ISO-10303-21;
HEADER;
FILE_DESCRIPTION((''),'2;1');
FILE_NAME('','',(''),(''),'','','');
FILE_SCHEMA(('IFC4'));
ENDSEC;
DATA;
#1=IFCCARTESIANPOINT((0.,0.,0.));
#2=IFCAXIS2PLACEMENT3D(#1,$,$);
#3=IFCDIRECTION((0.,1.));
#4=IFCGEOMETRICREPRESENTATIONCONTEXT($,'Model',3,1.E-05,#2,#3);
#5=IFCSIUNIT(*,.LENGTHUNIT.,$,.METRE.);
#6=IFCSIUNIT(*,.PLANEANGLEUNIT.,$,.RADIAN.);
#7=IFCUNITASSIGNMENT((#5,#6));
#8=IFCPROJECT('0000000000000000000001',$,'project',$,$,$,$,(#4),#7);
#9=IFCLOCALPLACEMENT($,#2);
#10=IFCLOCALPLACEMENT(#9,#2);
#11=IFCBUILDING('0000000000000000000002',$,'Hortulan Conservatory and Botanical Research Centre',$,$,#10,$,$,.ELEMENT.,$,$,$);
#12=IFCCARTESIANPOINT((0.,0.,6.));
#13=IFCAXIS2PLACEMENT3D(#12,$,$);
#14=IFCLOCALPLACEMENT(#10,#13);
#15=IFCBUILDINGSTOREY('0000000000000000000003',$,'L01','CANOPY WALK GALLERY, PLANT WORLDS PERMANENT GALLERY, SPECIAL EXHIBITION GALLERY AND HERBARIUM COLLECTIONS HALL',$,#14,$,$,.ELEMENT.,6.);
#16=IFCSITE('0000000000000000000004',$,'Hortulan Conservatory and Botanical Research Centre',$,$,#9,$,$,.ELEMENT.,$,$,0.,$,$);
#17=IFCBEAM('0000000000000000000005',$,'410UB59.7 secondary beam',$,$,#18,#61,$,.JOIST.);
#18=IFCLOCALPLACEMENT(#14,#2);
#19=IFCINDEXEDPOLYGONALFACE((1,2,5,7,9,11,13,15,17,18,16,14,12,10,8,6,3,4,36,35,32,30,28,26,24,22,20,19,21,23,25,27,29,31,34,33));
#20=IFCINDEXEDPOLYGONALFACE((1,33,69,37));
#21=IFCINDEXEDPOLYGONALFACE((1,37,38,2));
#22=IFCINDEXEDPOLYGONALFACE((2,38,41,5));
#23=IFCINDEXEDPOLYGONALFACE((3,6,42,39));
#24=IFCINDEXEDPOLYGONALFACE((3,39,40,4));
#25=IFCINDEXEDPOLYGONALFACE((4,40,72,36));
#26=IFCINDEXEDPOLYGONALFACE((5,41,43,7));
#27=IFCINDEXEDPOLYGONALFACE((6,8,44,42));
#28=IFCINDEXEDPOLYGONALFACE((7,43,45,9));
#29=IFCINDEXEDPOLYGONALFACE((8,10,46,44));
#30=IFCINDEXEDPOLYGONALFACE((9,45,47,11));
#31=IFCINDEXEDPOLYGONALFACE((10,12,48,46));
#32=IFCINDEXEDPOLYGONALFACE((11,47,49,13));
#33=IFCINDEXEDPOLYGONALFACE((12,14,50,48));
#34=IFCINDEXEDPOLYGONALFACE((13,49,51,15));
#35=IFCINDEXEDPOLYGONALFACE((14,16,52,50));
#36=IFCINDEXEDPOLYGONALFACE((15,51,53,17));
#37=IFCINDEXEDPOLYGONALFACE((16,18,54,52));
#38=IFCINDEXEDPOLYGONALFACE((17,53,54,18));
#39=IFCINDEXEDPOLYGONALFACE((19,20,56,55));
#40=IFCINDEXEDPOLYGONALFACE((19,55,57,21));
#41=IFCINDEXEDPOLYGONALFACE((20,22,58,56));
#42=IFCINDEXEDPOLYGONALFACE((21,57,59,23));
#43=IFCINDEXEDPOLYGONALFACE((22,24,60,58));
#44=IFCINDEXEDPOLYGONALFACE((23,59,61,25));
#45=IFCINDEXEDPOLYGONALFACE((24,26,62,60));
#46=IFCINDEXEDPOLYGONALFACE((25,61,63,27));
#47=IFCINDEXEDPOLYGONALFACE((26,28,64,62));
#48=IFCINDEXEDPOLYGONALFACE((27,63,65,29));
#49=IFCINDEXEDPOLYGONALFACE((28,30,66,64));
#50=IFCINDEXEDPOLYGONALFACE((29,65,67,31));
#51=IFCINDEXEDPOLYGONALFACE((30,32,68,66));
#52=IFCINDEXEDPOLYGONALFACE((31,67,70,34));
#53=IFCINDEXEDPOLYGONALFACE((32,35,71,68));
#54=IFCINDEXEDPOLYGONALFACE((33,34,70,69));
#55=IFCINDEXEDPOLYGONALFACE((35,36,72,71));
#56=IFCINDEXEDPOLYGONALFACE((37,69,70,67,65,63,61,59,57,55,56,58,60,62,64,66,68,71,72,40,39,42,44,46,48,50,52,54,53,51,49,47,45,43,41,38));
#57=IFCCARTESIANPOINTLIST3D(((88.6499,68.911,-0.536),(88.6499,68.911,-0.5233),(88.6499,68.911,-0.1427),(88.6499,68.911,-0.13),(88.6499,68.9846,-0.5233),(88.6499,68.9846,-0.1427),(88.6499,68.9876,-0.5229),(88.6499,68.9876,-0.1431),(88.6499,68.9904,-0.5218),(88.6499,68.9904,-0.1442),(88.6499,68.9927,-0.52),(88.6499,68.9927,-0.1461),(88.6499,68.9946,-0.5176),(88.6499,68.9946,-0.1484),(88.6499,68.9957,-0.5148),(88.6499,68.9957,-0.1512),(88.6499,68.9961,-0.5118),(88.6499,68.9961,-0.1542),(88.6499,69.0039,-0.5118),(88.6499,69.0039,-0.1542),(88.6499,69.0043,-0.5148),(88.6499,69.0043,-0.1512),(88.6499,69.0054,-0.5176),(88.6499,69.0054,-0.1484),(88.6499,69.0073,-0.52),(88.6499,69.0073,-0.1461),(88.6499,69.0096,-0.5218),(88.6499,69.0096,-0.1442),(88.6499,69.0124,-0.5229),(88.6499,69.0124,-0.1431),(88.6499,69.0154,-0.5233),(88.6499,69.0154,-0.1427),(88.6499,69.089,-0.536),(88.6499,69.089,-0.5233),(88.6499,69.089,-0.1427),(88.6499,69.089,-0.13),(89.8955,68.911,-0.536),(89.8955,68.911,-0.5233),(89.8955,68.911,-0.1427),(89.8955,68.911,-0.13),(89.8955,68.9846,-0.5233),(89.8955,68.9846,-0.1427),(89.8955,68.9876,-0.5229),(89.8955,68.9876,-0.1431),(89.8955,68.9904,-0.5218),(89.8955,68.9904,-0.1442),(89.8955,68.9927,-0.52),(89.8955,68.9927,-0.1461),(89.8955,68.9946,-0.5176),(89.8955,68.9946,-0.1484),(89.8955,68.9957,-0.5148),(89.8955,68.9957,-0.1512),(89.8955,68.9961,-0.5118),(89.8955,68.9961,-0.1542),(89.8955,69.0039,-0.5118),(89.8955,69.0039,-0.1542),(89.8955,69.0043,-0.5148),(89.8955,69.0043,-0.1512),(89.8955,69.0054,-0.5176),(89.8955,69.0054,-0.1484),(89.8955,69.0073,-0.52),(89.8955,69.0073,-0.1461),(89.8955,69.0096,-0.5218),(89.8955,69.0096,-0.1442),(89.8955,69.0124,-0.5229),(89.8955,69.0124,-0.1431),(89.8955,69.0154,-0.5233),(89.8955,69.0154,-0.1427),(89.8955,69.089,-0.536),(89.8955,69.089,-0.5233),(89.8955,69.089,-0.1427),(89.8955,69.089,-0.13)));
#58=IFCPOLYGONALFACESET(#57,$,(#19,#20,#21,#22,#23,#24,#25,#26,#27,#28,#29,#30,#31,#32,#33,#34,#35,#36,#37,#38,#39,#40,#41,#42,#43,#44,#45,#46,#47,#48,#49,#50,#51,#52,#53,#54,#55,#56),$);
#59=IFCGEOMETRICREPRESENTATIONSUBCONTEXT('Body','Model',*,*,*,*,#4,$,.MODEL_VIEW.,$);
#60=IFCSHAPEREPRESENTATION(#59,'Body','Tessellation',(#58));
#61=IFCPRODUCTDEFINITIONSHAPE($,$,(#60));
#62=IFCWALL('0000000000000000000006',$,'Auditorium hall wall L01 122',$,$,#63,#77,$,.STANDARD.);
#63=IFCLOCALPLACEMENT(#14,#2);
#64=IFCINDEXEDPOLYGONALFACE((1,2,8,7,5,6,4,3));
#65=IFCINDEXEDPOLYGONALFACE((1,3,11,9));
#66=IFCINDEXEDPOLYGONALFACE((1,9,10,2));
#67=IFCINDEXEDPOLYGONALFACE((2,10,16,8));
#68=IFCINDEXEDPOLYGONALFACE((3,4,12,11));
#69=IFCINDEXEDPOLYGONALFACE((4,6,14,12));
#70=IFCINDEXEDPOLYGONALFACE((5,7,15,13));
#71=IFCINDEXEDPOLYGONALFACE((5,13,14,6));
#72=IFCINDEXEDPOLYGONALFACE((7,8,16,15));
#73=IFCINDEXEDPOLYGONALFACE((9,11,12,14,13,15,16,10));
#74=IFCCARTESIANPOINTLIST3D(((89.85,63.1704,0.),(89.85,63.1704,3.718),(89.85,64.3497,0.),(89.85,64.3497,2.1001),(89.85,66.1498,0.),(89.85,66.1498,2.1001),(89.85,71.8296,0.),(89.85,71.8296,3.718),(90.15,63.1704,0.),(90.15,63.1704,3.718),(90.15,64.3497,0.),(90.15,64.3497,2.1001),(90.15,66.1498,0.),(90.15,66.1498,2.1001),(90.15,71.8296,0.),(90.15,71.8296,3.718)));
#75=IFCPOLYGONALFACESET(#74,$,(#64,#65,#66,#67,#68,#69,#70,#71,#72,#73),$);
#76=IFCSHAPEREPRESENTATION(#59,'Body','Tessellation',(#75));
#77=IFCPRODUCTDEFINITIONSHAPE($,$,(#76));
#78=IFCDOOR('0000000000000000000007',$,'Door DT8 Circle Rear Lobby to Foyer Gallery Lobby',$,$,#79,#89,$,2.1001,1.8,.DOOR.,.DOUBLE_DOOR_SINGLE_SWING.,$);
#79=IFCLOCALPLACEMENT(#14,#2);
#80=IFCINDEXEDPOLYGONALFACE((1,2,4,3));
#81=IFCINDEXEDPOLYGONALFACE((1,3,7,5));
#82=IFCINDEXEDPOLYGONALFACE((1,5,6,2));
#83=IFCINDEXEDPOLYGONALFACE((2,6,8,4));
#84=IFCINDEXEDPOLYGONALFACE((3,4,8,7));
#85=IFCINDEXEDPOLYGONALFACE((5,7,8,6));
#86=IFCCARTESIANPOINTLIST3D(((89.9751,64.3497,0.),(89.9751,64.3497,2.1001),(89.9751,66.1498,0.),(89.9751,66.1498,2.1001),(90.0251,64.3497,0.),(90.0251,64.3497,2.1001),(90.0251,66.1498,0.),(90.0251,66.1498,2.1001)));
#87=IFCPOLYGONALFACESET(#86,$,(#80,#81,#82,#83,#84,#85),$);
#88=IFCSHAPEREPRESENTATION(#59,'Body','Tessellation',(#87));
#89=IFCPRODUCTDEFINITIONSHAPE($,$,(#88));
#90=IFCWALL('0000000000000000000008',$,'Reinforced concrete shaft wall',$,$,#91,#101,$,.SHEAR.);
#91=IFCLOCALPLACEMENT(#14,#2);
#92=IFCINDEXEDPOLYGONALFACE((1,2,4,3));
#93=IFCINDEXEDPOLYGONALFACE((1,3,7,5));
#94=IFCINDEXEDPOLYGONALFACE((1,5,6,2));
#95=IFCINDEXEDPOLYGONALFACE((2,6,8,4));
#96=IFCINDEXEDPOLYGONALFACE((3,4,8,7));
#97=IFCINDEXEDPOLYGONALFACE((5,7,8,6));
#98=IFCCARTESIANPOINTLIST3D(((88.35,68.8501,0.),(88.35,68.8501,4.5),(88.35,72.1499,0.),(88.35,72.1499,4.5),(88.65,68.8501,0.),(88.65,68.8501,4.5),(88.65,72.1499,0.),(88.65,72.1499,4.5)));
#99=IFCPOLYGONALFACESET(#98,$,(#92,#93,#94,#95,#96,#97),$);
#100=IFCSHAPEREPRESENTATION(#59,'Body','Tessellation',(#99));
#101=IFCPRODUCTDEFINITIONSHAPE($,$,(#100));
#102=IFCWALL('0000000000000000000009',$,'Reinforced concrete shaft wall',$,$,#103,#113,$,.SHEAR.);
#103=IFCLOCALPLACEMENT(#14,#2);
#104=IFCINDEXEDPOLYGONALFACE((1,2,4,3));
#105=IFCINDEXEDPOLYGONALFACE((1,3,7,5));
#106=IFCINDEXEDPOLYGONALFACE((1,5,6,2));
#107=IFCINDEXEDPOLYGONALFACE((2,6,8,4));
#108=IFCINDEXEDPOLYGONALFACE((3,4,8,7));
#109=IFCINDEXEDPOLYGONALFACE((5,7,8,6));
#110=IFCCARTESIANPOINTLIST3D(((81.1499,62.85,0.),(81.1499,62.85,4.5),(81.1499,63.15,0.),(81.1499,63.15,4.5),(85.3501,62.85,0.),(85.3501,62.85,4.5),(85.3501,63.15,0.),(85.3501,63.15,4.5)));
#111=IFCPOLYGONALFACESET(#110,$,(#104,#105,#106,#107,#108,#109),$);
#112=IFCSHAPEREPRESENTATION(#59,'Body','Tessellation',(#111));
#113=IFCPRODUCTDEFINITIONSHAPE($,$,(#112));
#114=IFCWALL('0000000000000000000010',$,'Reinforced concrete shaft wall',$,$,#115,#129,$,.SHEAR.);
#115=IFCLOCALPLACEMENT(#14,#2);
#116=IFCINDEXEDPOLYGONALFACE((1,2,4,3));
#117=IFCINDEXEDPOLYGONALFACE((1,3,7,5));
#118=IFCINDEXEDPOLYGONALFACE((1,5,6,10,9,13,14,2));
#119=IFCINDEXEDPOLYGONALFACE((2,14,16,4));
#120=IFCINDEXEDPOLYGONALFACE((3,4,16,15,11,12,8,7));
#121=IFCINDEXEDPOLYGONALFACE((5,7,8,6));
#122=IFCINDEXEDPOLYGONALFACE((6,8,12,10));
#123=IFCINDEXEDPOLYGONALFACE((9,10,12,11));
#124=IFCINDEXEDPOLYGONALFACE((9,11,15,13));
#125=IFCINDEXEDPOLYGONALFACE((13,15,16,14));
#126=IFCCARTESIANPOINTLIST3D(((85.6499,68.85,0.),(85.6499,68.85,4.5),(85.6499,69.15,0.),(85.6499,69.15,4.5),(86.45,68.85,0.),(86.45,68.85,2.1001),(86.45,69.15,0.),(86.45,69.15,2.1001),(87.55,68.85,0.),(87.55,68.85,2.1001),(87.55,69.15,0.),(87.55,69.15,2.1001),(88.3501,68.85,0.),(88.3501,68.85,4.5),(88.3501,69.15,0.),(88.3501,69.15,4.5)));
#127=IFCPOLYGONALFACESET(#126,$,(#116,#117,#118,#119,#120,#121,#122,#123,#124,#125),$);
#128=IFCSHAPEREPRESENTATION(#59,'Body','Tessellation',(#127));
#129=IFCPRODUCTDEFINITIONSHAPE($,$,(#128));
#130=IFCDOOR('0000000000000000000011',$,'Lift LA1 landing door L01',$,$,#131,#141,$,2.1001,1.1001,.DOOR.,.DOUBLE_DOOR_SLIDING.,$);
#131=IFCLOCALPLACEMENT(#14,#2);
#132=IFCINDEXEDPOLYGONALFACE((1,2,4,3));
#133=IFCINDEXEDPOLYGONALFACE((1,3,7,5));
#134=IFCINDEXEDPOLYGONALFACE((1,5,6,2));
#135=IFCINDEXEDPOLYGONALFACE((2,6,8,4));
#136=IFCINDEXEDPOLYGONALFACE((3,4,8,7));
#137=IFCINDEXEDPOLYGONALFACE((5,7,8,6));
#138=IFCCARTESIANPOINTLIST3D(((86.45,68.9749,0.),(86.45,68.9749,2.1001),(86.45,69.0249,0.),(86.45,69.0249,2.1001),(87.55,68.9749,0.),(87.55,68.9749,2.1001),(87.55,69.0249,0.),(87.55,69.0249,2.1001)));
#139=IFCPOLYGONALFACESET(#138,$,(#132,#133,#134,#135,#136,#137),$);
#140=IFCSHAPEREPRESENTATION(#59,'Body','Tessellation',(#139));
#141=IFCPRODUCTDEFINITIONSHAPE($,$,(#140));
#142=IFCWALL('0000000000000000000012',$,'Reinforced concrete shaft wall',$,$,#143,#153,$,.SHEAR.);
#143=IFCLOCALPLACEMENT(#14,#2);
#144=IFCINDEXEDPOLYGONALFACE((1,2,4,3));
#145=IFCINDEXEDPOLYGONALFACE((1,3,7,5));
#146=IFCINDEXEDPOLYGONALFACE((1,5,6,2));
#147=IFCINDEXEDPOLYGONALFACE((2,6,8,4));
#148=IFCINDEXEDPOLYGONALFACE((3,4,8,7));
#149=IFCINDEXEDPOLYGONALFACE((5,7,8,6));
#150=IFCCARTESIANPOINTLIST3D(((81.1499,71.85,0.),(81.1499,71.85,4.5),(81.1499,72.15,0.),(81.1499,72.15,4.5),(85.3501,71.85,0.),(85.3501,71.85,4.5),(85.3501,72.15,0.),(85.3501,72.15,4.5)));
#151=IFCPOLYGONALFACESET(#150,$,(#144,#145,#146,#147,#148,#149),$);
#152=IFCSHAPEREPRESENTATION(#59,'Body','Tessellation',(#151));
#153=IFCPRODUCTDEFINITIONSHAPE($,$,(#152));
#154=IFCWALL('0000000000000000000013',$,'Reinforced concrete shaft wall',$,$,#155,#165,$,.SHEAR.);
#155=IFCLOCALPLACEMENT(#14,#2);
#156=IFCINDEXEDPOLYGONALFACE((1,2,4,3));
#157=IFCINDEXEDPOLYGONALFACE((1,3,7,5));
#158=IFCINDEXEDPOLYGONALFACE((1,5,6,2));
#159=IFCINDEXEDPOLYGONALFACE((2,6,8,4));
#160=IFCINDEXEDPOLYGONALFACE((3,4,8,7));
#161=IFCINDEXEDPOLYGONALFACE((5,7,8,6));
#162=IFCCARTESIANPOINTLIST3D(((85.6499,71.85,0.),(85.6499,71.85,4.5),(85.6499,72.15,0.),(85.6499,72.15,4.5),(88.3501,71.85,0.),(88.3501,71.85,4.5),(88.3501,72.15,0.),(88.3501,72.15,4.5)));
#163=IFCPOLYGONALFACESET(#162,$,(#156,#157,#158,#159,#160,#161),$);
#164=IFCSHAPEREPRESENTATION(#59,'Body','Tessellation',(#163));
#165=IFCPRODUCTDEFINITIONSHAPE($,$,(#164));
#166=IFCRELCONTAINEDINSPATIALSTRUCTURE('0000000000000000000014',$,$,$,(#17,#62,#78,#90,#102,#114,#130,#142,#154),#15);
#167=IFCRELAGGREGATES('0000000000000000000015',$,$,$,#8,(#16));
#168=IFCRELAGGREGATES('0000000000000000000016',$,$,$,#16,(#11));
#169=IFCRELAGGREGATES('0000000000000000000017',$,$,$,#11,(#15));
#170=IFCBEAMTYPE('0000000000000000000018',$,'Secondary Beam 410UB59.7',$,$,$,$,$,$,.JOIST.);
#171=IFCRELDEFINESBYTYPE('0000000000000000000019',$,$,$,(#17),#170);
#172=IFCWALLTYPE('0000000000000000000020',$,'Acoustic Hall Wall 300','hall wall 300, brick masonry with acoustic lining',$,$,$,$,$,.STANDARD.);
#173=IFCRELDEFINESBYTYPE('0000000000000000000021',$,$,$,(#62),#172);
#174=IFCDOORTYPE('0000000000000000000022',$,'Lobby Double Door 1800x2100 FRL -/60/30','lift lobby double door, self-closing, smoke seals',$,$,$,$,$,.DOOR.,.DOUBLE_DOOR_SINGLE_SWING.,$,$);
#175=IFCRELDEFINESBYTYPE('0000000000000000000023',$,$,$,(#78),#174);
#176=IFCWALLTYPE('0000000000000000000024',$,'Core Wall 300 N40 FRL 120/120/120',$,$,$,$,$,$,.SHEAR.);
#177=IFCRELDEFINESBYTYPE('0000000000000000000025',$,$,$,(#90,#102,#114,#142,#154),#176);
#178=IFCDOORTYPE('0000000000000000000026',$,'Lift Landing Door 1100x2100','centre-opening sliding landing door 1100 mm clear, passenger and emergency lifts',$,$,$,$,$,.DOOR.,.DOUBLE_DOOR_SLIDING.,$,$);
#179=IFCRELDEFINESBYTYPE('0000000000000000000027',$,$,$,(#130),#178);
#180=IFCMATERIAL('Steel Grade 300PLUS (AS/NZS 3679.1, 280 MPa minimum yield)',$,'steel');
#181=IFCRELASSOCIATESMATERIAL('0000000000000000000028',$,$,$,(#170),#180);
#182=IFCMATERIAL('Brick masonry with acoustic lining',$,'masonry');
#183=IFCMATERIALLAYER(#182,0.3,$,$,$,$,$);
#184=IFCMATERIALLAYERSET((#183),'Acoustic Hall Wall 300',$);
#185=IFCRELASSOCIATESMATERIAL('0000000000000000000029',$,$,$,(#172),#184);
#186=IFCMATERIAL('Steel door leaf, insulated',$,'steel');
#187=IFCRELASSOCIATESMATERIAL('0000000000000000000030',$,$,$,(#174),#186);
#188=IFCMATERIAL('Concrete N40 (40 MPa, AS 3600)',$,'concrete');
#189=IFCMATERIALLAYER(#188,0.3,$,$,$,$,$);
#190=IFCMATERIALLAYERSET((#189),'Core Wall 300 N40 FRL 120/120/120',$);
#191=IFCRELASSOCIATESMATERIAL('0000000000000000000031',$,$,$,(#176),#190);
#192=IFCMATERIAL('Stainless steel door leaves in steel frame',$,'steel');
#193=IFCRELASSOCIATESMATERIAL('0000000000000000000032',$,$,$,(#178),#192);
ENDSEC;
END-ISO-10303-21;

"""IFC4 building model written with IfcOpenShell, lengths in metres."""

from ifc_helpers import new_model, si_unit, direction, frame, frame_2d, origin, origin_2d, place, context, subcontext, project, spatial, rectangle, i_section, extrude, material, layer, layer_set, material_profile, profile_set, type_object, element, fill, save


model = new_model("IFC4")

# Units and contexts
model_context = context("Model", 3, precision=1e-05, world=origin(), true_north=direction((0.0, 1.0)))
body_context = subcontext(model_context, "Body", "Model", "MODEL_VIEW")
ifc_project = project(units=[si_unit("LENGTHUNIT", "METRE"), si_unit("PLANEANGLEUNIT", "RADIAN")], contexts=[model_context])

# Site, building, storey
site_placement = place(None, origin())
site = spatial("IfcSite", under=ifc_project, at=site_placement, Name="Hortulan Conservatory and Botanical Research Centre", CompositionType="ELEMENT", RefElevation=0.0)
building_placement = place(site_placement, origin())
building = spatial("IfcBuilding", under=site, at=building_placement, Name="Hortulan Conservatory and Botanical Research Centre", CompositionType="ELEMENT")
storey_placement = place(building_placement, frame((0.0, 0.0, 6.0)))
storey = spatial("IfcBuildingStorey", under=building, at=storey_placement, Name="L01", Description="CANOPY WALK GALLERY, PLANT WORLDS PERMANENT GALLERY, SPECIAL EXHIBITION GALLERY AND HERBARIUM COLLECTIONS HALL", CompositionType="ELEMENT", Elevation=6.0)

# Shared definitions
ifc_material_1 = material(Name="Steel Grade 300PLUS (AS/NZS 3679.1, 280 MPa minimum yield)", Category="steel")

# Beam
ifc_material_profile_1 = material_profile(ifc_material_1, i_section(OverallWidth=0.178, OverallDepth=0.406, WebThickness=0.0078, FlangeThickness=0.0127, FilletRadius=0.0115, at=origin_2d()), Name="410UB59.7")
ifc_profile_set_1 = profile_set([ifc_material_profile_1], Name="Steel Grade 300PLUS (AS/NZS 3679.1, 280 MPa minimum yield)")
beam_type_1 = type_object("IfcBeamType", Name="Secondary Beam 410UB59.7", PredefinedType="JOIST", material=ifc_profile_set_1)
beam_1_placement = place(storey_placement, frame((88.6499, 69.0, -0.333), z_axis=(1.0, 0.0, 0.0), x_axis=(0.0, 1.0, 0.0)))
element("IfcBeam", 1, at=beam_1_placement, inside=storey, type_object=beam_type_1, Name="410UB59.7 secondary beam", PredefinedType="JOIST", context=body_context, shape_type="SweptSolid", body=[
    extrude(i_section(OverallWidth=0.178, OverallDepth=0.406, WebThickness=0.0078, FlangeThickness=0.0127, FilletRadius=0.0115, at=origin_2d()), origin(), (0.0, 0.0, 1.0), 1.2456),
])

# Wall, opening, door
ifc_material_2 = material(Name="Brick masonry with acoustic lining", Category="masonry")
ifc_layer_1 = layer(ifc_material_2, 0.3)
ifc_layer_set_1 = layer_set([ifc_layer_1], Name="Acoustic Hall Wall 300")
wall_type_1 = type_object("IfcWallType", Name="Acoustic Hall Wall 300", Description="hall wall 300, brick masonry with acoustic lining", PredefinedType="STANDARD", material=ifc_layer_set_1)
wall_1_placement = place(storey_placement, frame((90.0, 63.1704, 0.0), z_axis=(0.0, 0.0, 1.0), x_axis=(0.0, 1.0, 0.0)))
wall_1 = element("IfcWall", 2, at=wall_1_placement, inside=storey, type_object=wall_type_1, Name="Auditorium hall wall L01 122", PredefinedType="STANDARD", context=body_context, shape_type="SweptSolid", body=[
    extrude(rectangle(XDim=8.6592, YDim=0.3, at=frame_2d((4.3296, 0.0))), origin(), (0.0, 0.0, 1.0), 3.718),
])
opening_1_placement = place(wall_1_placement, frame((1.1794, 0.0, 0.0)))
opening_1 = element("IfcOpeningElement", 3, at=opening_1_placement, cuts=wall_1, PredefinedType="OPENING", context=body_context, shape_type="SweptSolid", body=[
    extrude(rectangle(XDim=1.8, YDim=2.1001, at=frame_2d((0.8999, 1.05))), frame((0.0, 0.1599, 0.0), z_axis=(0.0, -1.0, 0.0), x_axis=(1.0, 0.0, 0.0)), (0.0, 0.0, 1.0), 0.3201),
])
ifc_material_3 = material(Name="Steel door leaf, insulated", Category="steel")
door_type_1 = type_object("IfcDoorType", Name="Lobby Double Door 1800x2100 FRL -/60/30", Description="lift lobby double door, self-closing, smoke seals", OperationType="DOUBLE_DOOR_SINGLE_SWING", PredefinedType="DOOR", material=ifc_material_3)
door_1_placement = place(opening_1_placement, origin())
door_1 = element("IfcDoor", 4, at=door_1_placement, inside=storey, type_object=door_type_1, Name="Door DT8 Circle Rear Lobby to Foyer Gallery Lobby", OperationType="DOUBLE_DOOR_SINGLE_SWING", OverallHeight=2.1001, OverallWidth=1.8, PredefinedType="DOOR", context=body_context, shape_type="SweptSolid", body=[
    extrude(rectangle(XDim=1.8, YDim=2.1001, at=frame_2d((0.8999, 1.05))), frame((0.0, 0.0249, 0.0), z_axis=(0.0, -1.0, 0.0), x_axis=(1.0, 0.0, 0.0)), (0.0, 0.0, 1.0), 0.05),
])
fill(opening_1, door_1)

# Walls
ifc_material_4 = material(Name="Concrete N40 (40 MPa, AS 3600)", Category="concrete")
ifc_layer_2 = layer(ifc_material_4, 0.3)
ifc_layer_set_2 = layer_set([ifc_layer_2], Name="Core Wall 300 N40 FRL 120/120/120")
wall_type_2 = type_object("IfcWallType", Name="Core Wall 300 N40 FRL 120/120/120", PredefinedType="SHEAR", material=ifc_layer_set_2)
wall_2_placement = place(storey_placement, frame((88.5, 68.8501, 0.0), z_axis=(0.0, 0.0, 1.0), x_axis=(0.0, 1.0, 0.0)))
element("IfcWall", 5, at=wall_2_placement, inside=storey, type_object=wall_type_2, Name="Reinforced concrete shaft wall", PredefinedType="SHEAR", context=body_context, shape_type="SweptSolid", body=[
    extrude(rectangle(XDim=3.2998, YDim=0.3, at=frame_2d((1.6499, 0.0))), origin(), (0.0, 0.0, 1.0), 4.5),
])
wall_3_placement = place(storey_placement, frame((81.1499, 63.0, 0.0), z_axis=(0.0, 0.0, 1.0), x_axis=(1.0, 0.0, 0.0)))
element("IfcWall", 6, at=wall_3_placement, inside=storey, type_object=wall_type_2, Name="Reinforced concrete shaft wall", PredefinedType="SHEAR", context=body_context, shape_type="SweptSolid", body=[
    extrude(rectangle(XDim=4.2002, YDim=0.3, at=frame_2d((2.1001, 0.0))), origin(), (0.0, 0.0, 1.0), 4.5),
])

# Wall, opening, door
wall_4_placement = place(storey_placement, frame((85.6499, 69.0, 0.0), z_axis=(0.0, 0.0, 1.0), x_axis=(1.0, 0.0, 0.0)))
wall_4 = element("IfcWall", 7, at=wall_4_placement, inside=storey, type_object=wall_type_2, Name="Reinforced concrete shaft wall", PredefinedType="SHEAR", context=body_context, shape_type="SweptSolid", body=[
    extrude(rectangle(XDim=2.7002, YDim=0.3, at=frame_2d((1.3501, 0.0))), origin(), (0.0, 0.0, 1.0), 4.5),
])
opening_2_placement = place(wall_4_placement, frame((0.8, 0.0, 0.0)))
opening_2 = element("IfcOpeningElement", 8, at=opening_2_placement, cuts=wall_4, PredefinedType="OPENING", context=body_context, shape_type="SweptSolid", body=[
    extrude(rectangle(XDim=1.1001, YDim=2.1001, at=frame_2d((0.55, 1.05))), frame((0.0, 0.1599, 0.0), z_axis=(0.0, -1.0, 0.0), x_axis=(1.0, 0.0, 0.0)), (0.0, 0.0, 1.0), 0.3201),
])
ifc_material_5 = material(Name="Stainless steel door leaves in steel frame", Category="steel")
door_type_2 = type_object("IfcDoorType", Name="Lift Landing Door 1100x2100", Description="centre-opening sliding landing door 1100 mm clear, passenger and emergency lifts", OperationType="DOUBLE_DOOR_SLIDING", PredefinedType="DOOR", material=ifc_material_5)
door_2_placement = place(opening_2_placement, origin())
door_2 = element("IfcDoor", 9, at=door_2_placement, inside=storey, type_object=door_type_2, Name="Lift LA1 landing door L01", OperationType="DOUBLE_DOOR_SLIDING", OverallHeight=2.1001, OverallWidth=1.1001, PredefinedType="DOOR", context=body_context, shape_type="SweptSolid", body=[
    extrude(rectangle(XDim=1.1001, YDim=2.1001, at=frame_2d((0.55, 1.05))), frame((0.0, 0.0249, 0.0), z_axis=(0.0, -1.0, 0.0), x_axis=(1.0, 0.0, 0.0)), (0.0, 0.0, 1.0), 0.05),
])
fill(opening_2, door_2)

# Walls
wall_5_placement = place(storey_placement, frame((81.1499, 72.0, 0.0), z_axis=(0.0, 0.0, 1.0), x_axis=(1.0, 0.0, 0.0)))
element("IfcWall", 10, at=wall_5_placement, inside=storey, type_object=wall_type_2, Name="Reinforced concrete shaft wall", PredefinedType="SHEAR", context=body_context, shape_type="SweptSolid", body=[
    extrude(rectangle(XDim=4.2002, YDim=0.3, at=frame_2d((2.1001, 0.0))), origin(), (0.0, 0.0, 1.0), 4.5),
])
wall_6_placement = place(storey_placement, frame((85.6499, 72.0, 0.0), z_axis=(0.0, 0.0, 1.0), x_axis=(1.0, 0.0, 0.0)))
element("IfcWall", 11, at=wall_6_placement, inside=storey, type_object=wall_type_2, Name="Reinforced concrete shaft wall", PredefinedType="SHEAR", context=body_context, shape_type="SweptSolid", body=[
    extrude(rectangle(XDim=2.7002, YDim=0.3, at=frame_2d((1.3501, 0.0))), origin(), (0.0, 0.0, 1.0), 4.5),
])

save(model, "model.ifc")
